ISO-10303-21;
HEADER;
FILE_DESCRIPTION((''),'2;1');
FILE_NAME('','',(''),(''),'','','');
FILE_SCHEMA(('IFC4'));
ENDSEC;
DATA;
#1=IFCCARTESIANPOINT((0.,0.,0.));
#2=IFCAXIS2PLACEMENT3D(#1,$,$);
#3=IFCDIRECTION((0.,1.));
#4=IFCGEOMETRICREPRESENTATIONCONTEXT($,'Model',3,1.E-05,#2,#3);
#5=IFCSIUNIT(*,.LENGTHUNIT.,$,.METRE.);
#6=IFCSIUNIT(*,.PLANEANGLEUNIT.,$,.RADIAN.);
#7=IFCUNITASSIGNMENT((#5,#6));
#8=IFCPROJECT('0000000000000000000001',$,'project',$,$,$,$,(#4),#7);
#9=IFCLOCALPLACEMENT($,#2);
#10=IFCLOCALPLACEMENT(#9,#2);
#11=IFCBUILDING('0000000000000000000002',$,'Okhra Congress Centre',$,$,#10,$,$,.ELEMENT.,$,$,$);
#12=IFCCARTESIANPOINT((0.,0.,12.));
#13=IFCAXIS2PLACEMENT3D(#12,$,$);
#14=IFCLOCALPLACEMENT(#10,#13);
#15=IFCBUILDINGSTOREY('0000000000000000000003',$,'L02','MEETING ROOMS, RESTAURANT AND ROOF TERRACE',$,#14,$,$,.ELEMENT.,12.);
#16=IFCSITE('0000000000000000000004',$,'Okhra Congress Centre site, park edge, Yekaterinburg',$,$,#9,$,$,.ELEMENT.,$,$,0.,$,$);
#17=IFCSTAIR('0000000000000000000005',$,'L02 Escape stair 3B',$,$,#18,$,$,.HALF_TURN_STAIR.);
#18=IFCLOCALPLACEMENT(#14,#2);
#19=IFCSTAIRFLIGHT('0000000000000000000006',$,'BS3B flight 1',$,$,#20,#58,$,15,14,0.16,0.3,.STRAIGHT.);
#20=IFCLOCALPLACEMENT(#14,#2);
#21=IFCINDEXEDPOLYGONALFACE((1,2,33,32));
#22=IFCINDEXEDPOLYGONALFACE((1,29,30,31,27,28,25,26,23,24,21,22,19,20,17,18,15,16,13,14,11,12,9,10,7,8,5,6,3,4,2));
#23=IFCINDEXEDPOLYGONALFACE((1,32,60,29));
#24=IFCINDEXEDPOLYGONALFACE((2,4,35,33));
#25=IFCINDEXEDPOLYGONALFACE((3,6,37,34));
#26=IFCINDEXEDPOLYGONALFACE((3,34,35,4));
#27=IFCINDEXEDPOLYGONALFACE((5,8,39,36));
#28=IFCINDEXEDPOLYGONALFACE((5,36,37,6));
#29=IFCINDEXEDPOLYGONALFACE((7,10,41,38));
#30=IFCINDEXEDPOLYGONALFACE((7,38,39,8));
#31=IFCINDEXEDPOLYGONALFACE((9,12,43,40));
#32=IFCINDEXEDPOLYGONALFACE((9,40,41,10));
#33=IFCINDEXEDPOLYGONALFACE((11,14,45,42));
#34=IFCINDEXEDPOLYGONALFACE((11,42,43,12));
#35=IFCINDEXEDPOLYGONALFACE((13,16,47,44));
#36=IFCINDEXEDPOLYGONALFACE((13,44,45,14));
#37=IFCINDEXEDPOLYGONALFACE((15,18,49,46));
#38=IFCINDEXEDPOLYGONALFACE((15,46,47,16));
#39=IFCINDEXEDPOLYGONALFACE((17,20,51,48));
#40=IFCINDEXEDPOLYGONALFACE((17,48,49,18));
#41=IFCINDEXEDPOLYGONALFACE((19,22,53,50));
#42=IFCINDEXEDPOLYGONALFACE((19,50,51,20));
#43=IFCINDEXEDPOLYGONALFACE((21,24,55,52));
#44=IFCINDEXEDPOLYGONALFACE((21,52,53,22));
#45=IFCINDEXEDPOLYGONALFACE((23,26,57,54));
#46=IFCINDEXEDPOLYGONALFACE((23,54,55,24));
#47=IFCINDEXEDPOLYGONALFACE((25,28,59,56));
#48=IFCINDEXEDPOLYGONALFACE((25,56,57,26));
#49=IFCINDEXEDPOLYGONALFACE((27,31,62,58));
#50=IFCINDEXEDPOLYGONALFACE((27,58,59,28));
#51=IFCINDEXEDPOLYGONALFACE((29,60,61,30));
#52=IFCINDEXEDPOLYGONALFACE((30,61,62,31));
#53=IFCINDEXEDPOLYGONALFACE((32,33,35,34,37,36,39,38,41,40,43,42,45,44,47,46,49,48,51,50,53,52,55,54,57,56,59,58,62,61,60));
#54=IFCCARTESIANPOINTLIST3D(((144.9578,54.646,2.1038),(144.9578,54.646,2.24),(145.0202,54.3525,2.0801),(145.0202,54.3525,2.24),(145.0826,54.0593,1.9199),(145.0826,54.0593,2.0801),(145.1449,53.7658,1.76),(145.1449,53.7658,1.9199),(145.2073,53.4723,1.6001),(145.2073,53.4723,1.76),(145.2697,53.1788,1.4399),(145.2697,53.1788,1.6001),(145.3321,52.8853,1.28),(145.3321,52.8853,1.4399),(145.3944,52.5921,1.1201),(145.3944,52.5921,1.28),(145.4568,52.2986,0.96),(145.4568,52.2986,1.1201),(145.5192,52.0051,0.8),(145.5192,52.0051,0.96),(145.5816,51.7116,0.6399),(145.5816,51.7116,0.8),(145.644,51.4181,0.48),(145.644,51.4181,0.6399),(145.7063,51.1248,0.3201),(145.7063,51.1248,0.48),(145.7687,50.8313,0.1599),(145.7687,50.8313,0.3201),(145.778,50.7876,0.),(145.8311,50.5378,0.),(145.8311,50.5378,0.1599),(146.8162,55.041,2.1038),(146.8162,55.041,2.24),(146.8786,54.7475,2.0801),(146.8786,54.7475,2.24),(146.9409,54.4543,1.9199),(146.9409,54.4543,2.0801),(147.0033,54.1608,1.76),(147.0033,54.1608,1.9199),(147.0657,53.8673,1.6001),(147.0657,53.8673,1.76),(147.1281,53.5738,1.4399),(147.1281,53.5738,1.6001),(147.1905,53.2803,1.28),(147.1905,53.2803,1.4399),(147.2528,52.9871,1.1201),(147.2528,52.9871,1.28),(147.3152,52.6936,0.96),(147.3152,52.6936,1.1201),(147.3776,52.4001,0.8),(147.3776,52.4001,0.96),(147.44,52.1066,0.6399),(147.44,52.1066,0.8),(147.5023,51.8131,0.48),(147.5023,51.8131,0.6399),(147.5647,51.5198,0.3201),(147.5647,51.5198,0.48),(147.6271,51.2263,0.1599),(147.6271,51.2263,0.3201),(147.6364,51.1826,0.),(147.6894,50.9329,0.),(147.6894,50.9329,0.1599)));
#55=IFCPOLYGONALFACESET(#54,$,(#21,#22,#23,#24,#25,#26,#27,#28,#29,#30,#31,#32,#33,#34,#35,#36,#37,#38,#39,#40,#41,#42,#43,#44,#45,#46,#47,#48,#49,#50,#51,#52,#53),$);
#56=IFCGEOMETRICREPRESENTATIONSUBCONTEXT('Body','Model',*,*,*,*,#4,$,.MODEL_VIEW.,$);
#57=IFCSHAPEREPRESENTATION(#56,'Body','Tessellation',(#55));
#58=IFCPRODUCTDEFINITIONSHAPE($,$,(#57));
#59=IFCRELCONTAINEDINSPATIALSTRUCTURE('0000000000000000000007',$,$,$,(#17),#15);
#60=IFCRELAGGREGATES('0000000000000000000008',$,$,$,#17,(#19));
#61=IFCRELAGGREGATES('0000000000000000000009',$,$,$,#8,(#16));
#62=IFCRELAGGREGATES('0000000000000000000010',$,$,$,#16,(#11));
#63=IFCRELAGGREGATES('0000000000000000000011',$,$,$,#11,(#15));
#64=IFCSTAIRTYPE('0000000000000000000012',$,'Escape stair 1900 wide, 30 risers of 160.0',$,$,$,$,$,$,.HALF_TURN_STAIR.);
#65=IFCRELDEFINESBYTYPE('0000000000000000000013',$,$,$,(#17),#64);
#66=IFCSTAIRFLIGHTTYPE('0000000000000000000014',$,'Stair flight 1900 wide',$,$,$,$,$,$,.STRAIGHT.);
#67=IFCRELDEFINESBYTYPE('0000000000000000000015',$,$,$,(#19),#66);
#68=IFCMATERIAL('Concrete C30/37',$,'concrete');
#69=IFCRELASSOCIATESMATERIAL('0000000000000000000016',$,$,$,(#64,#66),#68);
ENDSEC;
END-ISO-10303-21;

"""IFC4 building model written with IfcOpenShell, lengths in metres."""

from ifc_helpers import new_model, si_unit, direction, frame, origin, place, context, subcontext, project, spatial, polyline, outline, extrude, material, type_object, element, aggregate, save


model = new_model("IFC4")

# Units and contexts
model_context = context("Model", 3, precision=1e-05, world=origin(), true_north=direction((0.0, 1.0)))
body_context = subcontext(model_context, "Body", "Model", "MODEL_VIEW")
ifc_project = project(units=[si_unit("LENGTHUNIT", "METRE"), si_unit("PLANEANGLEUNIT", "RADIAN")], contexts=[model_context])

# Site, building, storey
site_placement = place(None, origin())
site = spatial("IfcSite", under=ifc_project, at=site_placement, Name="Okhra Congress Centre site, park edge, Yekaterinburg", CompositionType="ELEMENT", RefElevation=0.0)
building_placement = place(site_placement, origin())
building = spatial("IfcBuilding", under=site, at=building_placement, Name="Okhra Congress Centre", CompositionType="ELEMENT")
storey_placement = place(building_placement, frame((0.0, 0.0, 12.0)))
storey = spatial("IfcBuildingStorey", under=building, at=storey_placement, Name="L02", Description="MEETING ROOMS, RESTAURANT AND ROOF TERRACE", CompositionType="ELEMENT", Elevation=12.0)

# Shared definitions
ifc_material_1 = material(Name="Concrete C30/37", Category="concrete")

# Stair, stair flight
stair_type = type_object("IfcStairType", Name="Escape stair 1900 wide, 30 risers of 160.0", PredefinedType="HALF_TURN_STAIR", material=ifc_material_1)
stair_placement = place(storey_placement, origin())
stair = element("IfcStair", 1, at=stair_placement, inside=storey, type_object=stair_type, Name="L02 Escape stair 3B", PredefinedType="HALF_TURN_STAIR")
stair_flight_type = type_object("IfcStairFlightType", Name="Stair flight 1900 wide", PredefinedType="STRAIGHT", material=ifc_material_1)
stair_flight_placement = place(storey_placement, frame((146.7603, 50.7354, 0.0), z_axis=(0.0, 0.0, 1.0), x_axis=(-0.207912, 0.978148, 0.0)))
stair_flight = element("IfcStairFlight", 2, at=stair_flight_placement, type_object=stair_flight_type, Name="BS3B flight 1", NumberOfRisers=15, NumberOfTreads=14, PredefinedType="STRAIGHT", RiserHeight=0.16, TreadLength=0.3, context=body_context, shape_type="SweptSolid", body=[
    extrude(outline(polyline([(0.0, 0.0), (0.0, 0.1599), (0.3, 0.1599), (0.3, 0.3201), (0.6001, 0.3201), (0.6001, 0.48), (0.8999, 0.48), (0.8999, 0.6399), (1.2, 0.6399), (1.2, 0.8), (1.5, 0.8), (1.5, 0.96), (1.8, 0.96), (1.8, 1.1201), (2.1001, 1.1201), (2.1001, 1.28), (2.3999, 1.28), (2.3999, 1.4399), (2.7, 1.4399), (2.7, 1.6001), (3.0, 1.6001), (3.0, 1.76), (3.3, 1.76), (3.3, 1.9199), (3.6001, 1.9199), (3.6001, 2.0801), (3.8999, 2.0801), (3.8999, 2.24), (4.2, 2.24), (4.2, 2.3999), (4.2, 2.1038), (0.2554, 0.0), (0.0, 0.0)])), frame((0.0, 0.95, 0.0), z_axis=(0.0, -1.0, 0.0), x_axis=(1.0, 0.0, 0.0)), (0.0, 0.0, 1.0), 1.8999),
])
aggregate(stair, [stair_flight])

save(model, "model.ifc")
